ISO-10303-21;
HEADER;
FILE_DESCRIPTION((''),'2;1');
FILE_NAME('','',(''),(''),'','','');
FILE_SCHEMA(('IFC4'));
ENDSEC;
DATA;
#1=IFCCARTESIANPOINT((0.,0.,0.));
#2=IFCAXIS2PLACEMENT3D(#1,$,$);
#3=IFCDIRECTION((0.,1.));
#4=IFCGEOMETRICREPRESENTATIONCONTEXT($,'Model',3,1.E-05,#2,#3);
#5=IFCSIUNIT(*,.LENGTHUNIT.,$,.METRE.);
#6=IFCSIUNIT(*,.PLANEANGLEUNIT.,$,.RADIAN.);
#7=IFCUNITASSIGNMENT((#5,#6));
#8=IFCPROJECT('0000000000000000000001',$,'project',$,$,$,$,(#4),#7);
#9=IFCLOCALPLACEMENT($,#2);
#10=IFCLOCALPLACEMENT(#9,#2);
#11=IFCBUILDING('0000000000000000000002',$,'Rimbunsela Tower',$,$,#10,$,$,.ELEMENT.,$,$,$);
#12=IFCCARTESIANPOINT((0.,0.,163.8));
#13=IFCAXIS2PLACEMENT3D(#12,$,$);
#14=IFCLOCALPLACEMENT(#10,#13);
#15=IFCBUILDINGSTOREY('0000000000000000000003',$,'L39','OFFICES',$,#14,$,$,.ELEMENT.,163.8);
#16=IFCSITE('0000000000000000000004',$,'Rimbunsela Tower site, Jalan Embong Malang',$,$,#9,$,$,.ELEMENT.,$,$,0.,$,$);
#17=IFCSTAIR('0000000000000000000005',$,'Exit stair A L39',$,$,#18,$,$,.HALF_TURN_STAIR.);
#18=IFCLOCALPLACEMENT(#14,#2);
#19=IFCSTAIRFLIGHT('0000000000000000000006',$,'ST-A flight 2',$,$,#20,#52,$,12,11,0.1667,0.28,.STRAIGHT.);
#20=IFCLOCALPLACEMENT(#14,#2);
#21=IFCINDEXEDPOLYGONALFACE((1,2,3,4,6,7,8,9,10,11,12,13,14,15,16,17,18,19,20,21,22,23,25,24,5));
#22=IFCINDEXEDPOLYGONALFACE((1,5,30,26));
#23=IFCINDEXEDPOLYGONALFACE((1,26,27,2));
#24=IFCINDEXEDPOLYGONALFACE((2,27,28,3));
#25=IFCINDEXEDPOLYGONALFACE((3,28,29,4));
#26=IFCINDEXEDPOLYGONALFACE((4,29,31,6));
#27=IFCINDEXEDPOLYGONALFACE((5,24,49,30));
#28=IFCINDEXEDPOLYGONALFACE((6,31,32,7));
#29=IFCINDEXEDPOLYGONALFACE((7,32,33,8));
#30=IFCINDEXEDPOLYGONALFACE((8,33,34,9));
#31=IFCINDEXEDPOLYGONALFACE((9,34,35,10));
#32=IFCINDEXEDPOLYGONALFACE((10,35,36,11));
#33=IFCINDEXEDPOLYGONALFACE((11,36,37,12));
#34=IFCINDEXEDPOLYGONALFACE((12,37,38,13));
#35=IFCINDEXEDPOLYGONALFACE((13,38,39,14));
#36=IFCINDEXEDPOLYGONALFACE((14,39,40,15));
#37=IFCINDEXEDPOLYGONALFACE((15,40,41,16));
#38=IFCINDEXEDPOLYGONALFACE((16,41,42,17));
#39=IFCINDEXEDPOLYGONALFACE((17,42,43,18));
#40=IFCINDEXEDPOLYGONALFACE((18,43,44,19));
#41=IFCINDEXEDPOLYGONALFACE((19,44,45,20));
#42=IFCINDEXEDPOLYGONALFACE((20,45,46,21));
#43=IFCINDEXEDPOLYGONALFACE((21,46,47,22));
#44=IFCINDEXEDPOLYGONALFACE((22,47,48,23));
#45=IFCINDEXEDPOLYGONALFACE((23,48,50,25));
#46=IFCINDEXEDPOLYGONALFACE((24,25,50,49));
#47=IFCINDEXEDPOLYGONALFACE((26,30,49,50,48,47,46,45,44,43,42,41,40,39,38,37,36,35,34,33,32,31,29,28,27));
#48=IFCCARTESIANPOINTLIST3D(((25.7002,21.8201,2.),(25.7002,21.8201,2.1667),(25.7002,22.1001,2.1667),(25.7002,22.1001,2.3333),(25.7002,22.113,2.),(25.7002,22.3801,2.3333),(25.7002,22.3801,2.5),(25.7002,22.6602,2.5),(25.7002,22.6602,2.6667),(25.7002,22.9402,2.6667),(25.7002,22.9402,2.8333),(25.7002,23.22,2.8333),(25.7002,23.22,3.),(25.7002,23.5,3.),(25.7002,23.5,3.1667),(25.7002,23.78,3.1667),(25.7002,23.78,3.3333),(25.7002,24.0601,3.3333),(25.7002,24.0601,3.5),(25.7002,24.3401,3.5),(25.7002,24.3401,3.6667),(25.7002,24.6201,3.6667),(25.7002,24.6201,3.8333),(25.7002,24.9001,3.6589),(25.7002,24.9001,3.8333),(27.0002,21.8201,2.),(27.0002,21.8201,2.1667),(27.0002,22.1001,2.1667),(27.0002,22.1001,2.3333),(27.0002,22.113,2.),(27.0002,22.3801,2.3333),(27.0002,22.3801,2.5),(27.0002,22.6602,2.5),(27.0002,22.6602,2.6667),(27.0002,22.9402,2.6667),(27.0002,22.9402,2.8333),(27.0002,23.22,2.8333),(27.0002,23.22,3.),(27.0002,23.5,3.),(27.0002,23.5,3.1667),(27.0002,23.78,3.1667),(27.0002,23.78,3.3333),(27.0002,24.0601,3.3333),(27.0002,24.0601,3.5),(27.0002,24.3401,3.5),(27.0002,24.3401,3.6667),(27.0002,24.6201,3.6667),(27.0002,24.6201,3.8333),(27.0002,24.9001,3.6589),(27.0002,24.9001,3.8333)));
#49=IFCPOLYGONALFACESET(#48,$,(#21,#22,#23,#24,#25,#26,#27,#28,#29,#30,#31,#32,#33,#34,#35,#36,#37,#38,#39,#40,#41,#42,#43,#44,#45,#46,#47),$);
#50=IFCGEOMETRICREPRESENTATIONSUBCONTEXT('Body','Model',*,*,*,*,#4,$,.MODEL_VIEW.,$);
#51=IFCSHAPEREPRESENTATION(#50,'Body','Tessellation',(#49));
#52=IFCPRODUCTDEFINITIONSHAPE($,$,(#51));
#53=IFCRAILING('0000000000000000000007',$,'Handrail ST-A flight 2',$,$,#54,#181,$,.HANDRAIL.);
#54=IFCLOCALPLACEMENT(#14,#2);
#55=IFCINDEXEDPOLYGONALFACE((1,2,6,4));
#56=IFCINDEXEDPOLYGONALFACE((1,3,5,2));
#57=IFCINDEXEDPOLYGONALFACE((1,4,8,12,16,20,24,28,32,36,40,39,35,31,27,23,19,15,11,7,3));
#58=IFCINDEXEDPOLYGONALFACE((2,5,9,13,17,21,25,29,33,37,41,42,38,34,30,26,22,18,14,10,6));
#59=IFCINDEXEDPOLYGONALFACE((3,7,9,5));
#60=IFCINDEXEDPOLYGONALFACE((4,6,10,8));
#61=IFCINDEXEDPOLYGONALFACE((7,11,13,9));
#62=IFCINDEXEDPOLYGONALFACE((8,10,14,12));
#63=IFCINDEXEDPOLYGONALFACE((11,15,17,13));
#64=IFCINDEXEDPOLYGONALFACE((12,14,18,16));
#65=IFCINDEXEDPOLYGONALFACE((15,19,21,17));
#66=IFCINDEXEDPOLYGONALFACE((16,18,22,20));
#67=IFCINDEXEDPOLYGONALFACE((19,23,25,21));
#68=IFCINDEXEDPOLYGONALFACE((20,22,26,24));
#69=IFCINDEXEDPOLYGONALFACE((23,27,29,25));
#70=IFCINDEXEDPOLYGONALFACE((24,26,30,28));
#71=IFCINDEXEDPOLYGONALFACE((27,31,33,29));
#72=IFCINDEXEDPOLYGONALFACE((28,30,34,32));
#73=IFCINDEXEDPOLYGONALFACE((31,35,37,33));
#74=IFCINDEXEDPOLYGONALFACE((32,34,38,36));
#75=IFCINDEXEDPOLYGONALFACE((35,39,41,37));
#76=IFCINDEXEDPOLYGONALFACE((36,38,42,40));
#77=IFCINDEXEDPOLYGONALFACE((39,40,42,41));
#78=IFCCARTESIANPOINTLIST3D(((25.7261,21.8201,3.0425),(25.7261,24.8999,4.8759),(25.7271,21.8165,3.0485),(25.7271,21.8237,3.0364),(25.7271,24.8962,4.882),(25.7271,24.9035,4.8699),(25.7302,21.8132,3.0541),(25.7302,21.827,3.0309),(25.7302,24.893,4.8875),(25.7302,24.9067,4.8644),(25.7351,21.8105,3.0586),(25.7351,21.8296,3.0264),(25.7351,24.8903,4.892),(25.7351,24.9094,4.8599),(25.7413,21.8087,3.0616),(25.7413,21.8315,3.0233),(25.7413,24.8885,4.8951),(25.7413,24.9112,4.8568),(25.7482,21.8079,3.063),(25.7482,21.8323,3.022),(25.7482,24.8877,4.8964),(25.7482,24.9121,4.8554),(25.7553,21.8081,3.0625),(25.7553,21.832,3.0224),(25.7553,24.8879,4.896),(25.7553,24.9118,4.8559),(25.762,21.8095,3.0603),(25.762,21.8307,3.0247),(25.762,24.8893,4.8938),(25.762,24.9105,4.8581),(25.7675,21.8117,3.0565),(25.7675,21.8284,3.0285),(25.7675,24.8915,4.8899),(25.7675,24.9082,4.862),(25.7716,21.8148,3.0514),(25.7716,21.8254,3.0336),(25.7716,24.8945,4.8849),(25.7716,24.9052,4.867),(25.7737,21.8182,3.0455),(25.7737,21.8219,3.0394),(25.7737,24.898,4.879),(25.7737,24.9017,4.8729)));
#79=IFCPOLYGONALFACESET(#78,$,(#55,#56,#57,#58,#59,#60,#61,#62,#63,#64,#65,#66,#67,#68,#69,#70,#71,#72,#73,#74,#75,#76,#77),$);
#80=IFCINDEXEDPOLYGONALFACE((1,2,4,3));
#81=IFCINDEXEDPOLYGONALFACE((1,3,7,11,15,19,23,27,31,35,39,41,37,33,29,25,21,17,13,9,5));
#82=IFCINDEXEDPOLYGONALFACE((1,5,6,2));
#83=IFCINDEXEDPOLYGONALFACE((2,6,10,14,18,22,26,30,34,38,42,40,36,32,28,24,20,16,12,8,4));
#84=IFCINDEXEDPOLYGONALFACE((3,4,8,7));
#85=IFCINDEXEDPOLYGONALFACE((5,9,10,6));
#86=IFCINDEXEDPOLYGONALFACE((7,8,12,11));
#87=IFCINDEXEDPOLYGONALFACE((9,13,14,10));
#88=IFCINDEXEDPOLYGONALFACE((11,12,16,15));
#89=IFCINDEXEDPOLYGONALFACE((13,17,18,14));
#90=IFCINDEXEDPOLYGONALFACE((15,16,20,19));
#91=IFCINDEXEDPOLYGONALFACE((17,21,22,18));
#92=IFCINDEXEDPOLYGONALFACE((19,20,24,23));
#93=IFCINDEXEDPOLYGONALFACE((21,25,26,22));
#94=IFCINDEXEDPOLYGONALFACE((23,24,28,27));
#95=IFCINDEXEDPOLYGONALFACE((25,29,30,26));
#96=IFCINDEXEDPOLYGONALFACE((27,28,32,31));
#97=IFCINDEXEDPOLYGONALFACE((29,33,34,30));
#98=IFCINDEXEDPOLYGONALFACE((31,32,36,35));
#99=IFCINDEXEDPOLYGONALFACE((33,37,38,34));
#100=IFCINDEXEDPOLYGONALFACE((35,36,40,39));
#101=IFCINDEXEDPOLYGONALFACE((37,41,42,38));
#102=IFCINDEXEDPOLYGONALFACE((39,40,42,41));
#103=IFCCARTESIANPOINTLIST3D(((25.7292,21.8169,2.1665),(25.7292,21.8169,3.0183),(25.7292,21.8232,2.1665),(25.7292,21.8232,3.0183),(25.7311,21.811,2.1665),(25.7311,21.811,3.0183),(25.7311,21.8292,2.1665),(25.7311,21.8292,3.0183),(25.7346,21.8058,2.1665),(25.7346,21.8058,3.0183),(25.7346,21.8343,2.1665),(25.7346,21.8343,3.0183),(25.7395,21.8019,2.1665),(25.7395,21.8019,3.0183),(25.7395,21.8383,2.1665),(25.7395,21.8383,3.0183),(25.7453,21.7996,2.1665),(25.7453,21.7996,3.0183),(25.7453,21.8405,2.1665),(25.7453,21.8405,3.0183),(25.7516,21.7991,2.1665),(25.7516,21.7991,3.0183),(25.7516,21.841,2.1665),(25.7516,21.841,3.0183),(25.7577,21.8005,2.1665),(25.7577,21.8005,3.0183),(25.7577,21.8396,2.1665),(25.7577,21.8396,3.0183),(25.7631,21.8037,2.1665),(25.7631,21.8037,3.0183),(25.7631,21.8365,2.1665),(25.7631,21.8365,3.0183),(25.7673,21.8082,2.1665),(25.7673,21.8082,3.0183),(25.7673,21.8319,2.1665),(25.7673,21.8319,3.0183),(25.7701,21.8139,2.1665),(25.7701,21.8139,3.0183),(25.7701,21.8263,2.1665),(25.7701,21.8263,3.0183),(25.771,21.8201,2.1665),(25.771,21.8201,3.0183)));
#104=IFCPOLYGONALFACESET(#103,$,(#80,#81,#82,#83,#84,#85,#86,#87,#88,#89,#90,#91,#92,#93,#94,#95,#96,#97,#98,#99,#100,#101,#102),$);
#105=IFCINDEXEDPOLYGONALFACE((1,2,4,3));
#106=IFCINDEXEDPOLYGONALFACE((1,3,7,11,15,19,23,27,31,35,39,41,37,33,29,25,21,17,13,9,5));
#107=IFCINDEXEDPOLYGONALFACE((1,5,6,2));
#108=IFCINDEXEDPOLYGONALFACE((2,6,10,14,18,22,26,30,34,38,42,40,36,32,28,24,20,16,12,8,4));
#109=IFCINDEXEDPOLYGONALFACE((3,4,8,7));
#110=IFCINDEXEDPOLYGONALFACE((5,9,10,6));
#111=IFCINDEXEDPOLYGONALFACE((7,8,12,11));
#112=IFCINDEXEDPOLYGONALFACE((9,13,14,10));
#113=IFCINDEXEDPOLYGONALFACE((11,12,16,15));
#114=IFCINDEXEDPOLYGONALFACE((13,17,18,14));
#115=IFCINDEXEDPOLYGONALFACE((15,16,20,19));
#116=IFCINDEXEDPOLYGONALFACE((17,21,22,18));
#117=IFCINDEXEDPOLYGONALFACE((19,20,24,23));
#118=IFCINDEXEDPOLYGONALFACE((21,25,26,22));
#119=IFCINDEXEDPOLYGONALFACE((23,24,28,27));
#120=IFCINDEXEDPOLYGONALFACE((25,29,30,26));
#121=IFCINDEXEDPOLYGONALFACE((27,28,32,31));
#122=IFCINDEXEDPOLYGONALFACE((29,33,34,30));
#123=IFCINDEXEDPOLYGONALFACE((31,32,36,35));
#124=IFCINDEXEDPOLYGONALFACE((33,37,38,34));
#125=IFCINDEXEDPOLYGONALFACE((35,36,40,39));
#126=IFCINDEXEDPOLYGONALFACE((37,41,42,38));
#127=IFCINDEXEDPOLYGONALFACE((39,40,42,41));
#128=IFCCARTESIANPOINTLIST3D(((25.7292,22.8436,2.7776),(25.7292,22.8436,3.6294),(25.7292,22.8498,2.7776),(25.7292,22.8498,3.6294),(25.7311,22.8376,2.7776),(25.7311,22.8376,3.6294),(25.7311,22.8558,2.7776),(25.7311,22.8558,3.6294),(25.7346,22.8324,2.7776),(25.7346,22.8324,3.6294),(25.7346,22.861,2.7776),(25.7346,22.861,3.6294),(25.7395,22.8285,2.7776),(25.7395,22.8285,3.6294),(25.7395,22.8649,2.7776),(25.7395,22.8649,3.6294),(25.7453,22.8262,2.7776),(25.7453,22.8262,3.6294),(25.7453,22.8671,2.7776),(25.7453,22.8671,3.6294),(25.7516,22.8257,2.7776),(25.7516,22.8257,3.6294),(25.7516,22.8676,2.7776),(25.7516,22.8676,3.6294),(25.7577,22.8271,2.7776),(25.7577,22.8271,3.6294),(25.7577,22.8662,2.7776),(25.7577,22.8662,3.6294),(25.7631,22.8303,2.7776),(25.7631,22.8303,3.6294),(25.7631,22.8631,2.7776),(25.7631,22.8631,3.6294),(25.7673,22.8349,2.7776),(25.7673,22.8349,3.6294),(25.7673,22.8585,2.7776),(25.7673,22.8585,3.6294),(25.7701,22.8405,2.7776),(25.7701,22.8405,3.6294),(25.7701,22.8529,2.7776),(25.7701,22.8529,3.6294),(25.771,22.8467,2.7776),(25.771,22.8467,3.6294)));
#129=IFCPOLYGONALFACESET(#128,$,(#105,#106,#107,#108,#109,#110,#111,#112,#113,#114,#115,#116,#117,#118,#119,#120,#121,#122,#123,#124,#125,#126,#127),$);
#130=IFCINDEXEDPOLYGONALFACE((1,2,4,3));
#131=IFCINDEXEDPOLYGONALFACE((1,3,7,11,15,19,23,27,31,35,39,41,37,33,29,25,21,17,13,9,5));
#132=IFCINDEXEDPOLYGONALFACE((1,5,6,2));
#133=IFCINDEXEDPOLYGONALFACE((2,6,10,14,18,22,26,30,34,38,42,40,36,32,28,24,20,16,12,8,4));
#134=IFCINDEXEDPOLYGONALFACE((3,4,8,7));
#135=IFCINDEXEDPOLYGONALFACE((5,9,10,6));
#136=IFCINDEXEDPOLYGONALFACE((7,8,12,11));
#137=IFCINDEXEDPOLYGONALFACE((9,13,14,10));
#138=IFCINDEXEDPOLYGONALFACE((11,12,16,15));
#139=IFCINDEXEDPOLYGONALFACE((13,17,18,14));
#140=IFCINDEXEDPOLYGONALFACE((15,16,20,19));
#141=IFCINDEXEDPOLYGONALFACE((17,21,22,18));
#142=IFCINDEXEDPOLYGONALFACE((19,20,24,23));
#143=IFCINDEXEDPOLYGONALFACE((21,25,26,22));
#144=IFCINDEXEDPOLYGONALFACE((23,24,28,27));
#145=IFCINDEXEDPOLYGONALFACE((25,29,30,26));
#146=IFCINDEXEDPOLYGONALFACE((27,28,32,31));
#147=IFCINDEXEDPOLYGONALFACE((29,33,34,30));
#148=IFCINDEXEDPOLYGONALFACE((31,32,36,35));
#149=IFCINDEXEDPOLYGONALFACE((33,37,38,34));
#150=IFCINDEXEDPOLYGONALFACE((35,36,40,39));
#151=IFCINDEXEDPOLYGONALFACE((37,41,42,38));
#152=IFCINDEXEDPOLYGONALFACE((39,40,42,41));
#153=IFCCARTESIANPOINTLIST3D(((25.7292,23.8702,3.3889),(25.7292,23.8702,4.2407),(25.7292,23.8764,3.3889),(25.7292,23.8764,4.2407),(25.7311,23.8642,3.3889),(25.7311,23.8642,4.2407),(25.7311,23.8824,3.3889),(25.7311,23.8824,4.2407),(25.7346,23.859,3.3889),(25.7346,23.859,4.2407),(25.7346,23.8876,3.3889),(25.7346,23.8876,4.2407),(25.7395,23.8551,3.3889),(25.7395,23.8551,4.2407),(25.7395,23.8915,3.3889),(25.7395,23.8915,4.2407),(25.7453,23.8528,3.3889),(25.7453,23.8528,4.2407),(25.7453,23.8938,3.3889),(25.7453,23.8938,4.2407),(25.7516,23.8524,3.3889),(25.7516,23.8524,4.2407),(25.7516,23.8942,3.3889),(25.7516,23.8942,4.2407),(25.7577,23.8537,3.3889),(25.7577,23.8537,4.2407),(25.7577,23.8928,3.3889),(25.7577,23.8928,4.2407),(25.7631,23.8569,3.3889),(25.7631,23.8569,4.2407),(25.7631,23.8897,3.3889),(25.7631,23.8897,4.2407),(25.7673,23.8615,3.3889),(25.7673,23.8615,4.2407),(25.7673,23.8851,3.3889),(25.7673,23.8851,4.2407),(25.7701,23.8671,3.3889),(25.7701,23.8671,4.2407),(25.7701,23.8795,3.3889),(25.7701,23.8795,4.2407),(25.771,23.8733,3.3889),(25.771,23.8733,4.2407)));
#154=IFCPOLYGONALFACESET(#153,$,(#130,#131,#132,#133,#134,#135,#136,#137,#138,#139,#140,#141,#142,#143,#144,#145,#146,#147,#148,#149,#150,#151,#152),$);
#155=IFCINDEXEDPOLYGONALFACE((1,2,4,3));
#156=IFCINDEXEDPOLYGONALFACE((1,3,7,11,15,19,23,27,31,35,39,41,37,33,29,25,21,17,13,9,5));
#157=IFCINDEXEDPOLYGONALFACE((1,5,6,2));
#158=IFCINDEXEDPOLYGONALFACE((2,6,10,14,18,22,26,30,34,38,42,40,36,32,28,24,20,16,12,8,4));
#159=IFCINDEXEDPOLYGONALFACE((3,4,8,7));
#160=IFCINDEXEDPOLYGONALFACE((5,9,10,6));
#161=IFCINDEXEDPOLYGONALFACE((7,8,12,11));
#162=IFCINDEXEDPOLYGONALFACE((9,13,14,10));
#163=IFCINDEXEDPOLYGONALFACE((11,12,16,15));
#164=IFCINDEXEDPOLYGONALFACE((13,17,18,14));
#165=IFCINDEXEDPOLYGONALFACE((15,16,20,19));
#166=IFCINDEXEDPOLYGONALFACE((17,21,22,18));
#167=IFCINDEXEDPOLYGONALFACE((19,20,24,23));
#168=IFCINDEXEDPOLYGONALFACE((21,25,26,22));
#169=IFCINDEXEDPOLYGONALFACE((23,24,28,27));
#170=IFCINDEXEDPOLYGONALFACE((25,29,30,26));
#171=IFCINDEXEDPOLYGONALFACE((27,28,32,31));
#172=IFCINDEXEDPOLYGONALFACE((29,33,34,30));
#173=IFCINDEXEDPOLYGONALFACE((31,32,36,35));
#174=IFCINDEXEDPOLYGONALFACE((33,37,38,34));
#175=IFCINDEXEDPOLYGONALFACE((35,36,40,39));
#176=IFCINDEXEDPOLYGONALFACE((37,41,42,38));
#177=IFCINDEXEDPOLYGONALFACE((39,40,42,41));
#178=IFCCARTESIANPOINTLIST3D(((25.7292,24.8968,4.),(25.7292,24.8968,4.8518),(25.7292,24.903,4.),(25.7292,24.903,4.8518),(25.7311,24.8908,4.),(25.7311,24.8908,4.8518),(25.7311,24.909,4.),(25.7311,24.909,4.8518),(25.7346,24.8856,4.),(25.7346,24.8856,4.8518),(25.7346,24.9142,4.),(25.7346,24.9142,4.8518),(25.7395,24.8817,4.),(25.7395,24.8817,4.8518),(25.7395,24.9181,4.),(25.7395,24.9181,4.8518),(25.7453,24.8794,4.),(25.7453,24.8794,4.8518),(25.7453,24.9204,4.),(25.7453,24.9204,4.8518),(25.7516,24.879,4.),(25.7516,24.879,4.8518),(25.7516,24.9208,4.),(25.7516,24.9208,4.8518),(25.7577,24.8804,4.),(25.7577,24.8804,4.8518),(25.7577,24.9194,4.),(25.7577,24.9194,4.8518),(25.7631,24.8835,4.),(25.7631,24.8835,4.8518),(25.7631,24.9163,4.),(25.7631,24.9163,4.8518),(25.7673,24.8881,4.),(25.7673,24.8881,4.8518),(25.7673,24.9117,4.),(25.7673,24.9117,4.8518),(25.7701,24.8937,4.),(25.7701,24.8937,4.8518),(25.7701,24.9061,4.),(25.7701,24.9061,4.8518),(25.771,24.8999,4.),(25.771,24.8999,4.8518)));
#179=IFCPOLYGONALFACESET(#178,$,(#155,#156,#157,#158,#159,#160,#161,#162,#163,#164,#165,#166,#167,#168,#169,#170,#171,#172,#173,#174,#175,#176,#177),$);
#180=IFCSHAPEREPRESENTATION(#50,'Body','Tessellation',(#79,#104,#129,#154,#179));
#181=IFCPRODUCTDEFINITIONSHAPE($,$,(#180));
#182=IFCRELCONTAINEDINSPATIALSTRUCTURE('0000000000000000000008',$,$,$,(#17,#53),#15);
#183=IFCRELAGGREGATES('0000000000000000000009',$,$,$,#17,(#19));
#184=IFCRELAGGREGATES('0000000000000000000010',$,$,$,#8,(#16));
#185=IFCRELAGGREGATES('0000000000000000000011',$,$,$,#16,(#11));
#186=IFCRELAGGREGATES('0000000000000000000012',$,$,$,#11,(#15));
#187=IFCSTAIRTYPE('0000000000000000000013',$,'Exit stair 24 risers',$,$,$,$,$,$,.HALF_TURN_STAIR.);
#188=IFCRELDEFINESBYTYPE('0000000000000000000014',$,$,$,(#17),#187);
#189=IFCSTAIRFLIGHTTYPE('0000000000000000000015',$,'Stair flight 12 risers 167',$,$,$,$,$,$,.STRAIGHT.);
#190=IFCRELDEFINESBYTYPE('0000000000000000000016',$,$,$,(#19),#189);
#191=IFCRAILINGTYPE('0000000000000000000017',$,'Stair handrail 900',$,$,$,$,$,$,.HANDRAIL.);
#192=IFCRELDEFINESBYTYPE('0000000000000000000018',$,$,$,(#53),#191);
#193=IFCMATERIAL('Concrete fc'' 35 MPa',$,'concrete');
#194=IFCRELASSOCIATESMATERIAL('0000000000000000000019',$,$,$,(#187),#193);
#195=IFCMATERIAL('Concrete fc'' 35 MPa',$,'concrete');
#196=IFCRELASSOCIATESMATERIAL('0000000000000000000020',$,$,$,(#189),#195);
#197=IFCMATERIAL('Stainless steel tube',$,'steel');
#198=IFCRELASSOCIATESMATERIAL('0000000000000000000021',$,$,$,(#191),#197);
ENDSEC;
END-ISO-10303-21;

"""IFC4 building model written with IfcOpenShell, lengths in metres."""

from ifc_helpers import new_model, si_unit, direction, frame, origin, origin_2d, place, context, subcontext, project, spatial, polyline, circle, outline, extrude, material, type_object, element, aggregate, save


model = new_model("IFC4")

# Units and contexts
model_context = context("Model", 3, precision=1e-05, world=origin(), true_north=direction((0.0, 1.0)))
body_context = subcontext(model_context, "Body", "Model", "MODEL_VIEW")
ifc_project = project(units=[si_unit("LENGTHUNIT", "METRE"), si_unit("PLANEANGLEUNIT", "RADIAN")], contexts=[model_context])

# Site, building, storey
site_placement = place(None, origin())
site = spatial("IfcSite", under=ifc_project, at=site_placement, Name="Rimbunsela Tower site, Jalan Embong Malang", CompositionType="ELEMENT", RefElevation=0.0)
building_placement = place(site_placement, origin())
building = spatial("IfcBuilding", under=site, at=building_placement, Name="Rimbunsela Tower", CompositionType="ELEMENT")
storey_placement = place(building_placement, frame((0.0, 0.0, 163.8)))
storey = spatial("IfcBuildingStorey", under=building, at=storey_placement, Name="L39", Description="OFFICES", CompositionType="ELEMENT", Elevation=163.8)

# Stair, stair flight
ifc_material_1 = material(Name="Concrete fc' 35 MPa", Category="concrete")
stair_type = type_object("IfcStairType", Name="Exit stair 24 risers", PredefinedType="HALF_TURN_STAIR", material=ifc_material_1)
stair_placement = place(storey_placement, origin())
stair = element("IfcStair", 1, at=stair_placement, inside=storey, type_object=stair_type, Name="Exit stair A L39", PredefinedType="HALF_TURN_STAIR")
ifc_material_2 = material(Name="Concrete fc' 35 MPa", Category="concrete")
stair_flight_type = type_object("IfcStairFlightType", Name="Stair flight 12 risers 167", PredefinedType="STRAIGHT", material=ifc_material_2)
stair_flight_placement = place(storey_placement, frame((26.3501, 21.8201, 2.0), z_axis=(0.0, 0.0, 1.0), x_axis=(0.0, 1.0, 0.0)))
stair_flight = element("IfcStairFlight", 2, at=stair_flight_placement, type_object=stair_flight_type, Name="ST-A flight 2", NumberOfRisers=12, NumberOfTreads=11, PredefinedType="STRAIGHT", RiserHeight=0.1667, TreadLength=0.28, context=body_context, shape_type="SweptSolid", body=[
    extrude(outline(polyline([(0.0, 0.0), (0.0, 0.1667), (0.28, 0.1667), (0.28, 0.3333), (0.5601, 0.3333), (0.5601, 0.5), (0.8401, 0.5), (0.8401, 0.6667), (1.1201, 0.6667), (1.1201, 0.8333), (1.3999, 0.8333), (1.3999, 1.0), (1.6799, 1.0), (1.6799, 1.1667), (1.96, 1.1667), (1.96, 1.3333), (2.24, 1.3333), (2.24, 1.5), (2.52, 1.5), (2.52, 1.6667), (2.8, 1.6667), (2.8, 1.8333), (3.0801, 1.8333), (3.0801, 2.0), (3.0801, 1.6589), (0.293, 0.0), (0.0, 0.0)])), frame((0.0, 0.6499, 0.0), z_axis=(0.0, -1.0, 0.0), x_axis=(1.0, 0.0, 0.0)), (0.0, 0.0, 1.0), 1.3),
])
aggregate(stair, [stair_flight])

# Railing
ifc_material_3 = material(Name="Stainless steel tube", Category="steel")
railing_type = type_object("IfcRailingType", Name="Stair handrail 900", PredefinedType="HANDRAIL", material=ifc_material_3)
railing_placement = place(storey_placement, frame((25.75, 21.8201, 2.1665)))
element("IfcRailing", 3, at=railing_placement, inside=storey, type_object=railing_type, Name="Handrail ST-A flight 2", PredefinedType="HANDRAIL", context=body_context, shape_type="SweptSolid", body=[
    extrude(circle(Radius=0.0239, at=origin_2d()), frame((0.0, 0.0, 0.876), z_axis=(0.0, 0.859261, 0.511538), x_axis=(-1.0, 0.0, 0.0)), (0.0, 0.0, 1.0), 3.5842),
    extrude(circle(Radius=0.021, at=origin_2d()), origin(), (0.0, 0.0, 1.0), 0.8518),
    extrude(circle(Radius=0.021, at=origin_2d()), frame((0.0, 1.0266, 0.6111)), (0.0, 0.0, 1.0), 0.8518),
    extrude(circle(Radius=0.021, at=origin_2d()), frame((0.0, 2.0532, 1.2224)), (0.0, 0.0, 1.0), 0.8518),
    extrude(circle(Radius=0.021, at=origin_2d()), frame((0.0, 3.0798, 1.8335)), (0.0, 0.0, 1.0), 0.8518),
])

save(model, "model.ifc")
